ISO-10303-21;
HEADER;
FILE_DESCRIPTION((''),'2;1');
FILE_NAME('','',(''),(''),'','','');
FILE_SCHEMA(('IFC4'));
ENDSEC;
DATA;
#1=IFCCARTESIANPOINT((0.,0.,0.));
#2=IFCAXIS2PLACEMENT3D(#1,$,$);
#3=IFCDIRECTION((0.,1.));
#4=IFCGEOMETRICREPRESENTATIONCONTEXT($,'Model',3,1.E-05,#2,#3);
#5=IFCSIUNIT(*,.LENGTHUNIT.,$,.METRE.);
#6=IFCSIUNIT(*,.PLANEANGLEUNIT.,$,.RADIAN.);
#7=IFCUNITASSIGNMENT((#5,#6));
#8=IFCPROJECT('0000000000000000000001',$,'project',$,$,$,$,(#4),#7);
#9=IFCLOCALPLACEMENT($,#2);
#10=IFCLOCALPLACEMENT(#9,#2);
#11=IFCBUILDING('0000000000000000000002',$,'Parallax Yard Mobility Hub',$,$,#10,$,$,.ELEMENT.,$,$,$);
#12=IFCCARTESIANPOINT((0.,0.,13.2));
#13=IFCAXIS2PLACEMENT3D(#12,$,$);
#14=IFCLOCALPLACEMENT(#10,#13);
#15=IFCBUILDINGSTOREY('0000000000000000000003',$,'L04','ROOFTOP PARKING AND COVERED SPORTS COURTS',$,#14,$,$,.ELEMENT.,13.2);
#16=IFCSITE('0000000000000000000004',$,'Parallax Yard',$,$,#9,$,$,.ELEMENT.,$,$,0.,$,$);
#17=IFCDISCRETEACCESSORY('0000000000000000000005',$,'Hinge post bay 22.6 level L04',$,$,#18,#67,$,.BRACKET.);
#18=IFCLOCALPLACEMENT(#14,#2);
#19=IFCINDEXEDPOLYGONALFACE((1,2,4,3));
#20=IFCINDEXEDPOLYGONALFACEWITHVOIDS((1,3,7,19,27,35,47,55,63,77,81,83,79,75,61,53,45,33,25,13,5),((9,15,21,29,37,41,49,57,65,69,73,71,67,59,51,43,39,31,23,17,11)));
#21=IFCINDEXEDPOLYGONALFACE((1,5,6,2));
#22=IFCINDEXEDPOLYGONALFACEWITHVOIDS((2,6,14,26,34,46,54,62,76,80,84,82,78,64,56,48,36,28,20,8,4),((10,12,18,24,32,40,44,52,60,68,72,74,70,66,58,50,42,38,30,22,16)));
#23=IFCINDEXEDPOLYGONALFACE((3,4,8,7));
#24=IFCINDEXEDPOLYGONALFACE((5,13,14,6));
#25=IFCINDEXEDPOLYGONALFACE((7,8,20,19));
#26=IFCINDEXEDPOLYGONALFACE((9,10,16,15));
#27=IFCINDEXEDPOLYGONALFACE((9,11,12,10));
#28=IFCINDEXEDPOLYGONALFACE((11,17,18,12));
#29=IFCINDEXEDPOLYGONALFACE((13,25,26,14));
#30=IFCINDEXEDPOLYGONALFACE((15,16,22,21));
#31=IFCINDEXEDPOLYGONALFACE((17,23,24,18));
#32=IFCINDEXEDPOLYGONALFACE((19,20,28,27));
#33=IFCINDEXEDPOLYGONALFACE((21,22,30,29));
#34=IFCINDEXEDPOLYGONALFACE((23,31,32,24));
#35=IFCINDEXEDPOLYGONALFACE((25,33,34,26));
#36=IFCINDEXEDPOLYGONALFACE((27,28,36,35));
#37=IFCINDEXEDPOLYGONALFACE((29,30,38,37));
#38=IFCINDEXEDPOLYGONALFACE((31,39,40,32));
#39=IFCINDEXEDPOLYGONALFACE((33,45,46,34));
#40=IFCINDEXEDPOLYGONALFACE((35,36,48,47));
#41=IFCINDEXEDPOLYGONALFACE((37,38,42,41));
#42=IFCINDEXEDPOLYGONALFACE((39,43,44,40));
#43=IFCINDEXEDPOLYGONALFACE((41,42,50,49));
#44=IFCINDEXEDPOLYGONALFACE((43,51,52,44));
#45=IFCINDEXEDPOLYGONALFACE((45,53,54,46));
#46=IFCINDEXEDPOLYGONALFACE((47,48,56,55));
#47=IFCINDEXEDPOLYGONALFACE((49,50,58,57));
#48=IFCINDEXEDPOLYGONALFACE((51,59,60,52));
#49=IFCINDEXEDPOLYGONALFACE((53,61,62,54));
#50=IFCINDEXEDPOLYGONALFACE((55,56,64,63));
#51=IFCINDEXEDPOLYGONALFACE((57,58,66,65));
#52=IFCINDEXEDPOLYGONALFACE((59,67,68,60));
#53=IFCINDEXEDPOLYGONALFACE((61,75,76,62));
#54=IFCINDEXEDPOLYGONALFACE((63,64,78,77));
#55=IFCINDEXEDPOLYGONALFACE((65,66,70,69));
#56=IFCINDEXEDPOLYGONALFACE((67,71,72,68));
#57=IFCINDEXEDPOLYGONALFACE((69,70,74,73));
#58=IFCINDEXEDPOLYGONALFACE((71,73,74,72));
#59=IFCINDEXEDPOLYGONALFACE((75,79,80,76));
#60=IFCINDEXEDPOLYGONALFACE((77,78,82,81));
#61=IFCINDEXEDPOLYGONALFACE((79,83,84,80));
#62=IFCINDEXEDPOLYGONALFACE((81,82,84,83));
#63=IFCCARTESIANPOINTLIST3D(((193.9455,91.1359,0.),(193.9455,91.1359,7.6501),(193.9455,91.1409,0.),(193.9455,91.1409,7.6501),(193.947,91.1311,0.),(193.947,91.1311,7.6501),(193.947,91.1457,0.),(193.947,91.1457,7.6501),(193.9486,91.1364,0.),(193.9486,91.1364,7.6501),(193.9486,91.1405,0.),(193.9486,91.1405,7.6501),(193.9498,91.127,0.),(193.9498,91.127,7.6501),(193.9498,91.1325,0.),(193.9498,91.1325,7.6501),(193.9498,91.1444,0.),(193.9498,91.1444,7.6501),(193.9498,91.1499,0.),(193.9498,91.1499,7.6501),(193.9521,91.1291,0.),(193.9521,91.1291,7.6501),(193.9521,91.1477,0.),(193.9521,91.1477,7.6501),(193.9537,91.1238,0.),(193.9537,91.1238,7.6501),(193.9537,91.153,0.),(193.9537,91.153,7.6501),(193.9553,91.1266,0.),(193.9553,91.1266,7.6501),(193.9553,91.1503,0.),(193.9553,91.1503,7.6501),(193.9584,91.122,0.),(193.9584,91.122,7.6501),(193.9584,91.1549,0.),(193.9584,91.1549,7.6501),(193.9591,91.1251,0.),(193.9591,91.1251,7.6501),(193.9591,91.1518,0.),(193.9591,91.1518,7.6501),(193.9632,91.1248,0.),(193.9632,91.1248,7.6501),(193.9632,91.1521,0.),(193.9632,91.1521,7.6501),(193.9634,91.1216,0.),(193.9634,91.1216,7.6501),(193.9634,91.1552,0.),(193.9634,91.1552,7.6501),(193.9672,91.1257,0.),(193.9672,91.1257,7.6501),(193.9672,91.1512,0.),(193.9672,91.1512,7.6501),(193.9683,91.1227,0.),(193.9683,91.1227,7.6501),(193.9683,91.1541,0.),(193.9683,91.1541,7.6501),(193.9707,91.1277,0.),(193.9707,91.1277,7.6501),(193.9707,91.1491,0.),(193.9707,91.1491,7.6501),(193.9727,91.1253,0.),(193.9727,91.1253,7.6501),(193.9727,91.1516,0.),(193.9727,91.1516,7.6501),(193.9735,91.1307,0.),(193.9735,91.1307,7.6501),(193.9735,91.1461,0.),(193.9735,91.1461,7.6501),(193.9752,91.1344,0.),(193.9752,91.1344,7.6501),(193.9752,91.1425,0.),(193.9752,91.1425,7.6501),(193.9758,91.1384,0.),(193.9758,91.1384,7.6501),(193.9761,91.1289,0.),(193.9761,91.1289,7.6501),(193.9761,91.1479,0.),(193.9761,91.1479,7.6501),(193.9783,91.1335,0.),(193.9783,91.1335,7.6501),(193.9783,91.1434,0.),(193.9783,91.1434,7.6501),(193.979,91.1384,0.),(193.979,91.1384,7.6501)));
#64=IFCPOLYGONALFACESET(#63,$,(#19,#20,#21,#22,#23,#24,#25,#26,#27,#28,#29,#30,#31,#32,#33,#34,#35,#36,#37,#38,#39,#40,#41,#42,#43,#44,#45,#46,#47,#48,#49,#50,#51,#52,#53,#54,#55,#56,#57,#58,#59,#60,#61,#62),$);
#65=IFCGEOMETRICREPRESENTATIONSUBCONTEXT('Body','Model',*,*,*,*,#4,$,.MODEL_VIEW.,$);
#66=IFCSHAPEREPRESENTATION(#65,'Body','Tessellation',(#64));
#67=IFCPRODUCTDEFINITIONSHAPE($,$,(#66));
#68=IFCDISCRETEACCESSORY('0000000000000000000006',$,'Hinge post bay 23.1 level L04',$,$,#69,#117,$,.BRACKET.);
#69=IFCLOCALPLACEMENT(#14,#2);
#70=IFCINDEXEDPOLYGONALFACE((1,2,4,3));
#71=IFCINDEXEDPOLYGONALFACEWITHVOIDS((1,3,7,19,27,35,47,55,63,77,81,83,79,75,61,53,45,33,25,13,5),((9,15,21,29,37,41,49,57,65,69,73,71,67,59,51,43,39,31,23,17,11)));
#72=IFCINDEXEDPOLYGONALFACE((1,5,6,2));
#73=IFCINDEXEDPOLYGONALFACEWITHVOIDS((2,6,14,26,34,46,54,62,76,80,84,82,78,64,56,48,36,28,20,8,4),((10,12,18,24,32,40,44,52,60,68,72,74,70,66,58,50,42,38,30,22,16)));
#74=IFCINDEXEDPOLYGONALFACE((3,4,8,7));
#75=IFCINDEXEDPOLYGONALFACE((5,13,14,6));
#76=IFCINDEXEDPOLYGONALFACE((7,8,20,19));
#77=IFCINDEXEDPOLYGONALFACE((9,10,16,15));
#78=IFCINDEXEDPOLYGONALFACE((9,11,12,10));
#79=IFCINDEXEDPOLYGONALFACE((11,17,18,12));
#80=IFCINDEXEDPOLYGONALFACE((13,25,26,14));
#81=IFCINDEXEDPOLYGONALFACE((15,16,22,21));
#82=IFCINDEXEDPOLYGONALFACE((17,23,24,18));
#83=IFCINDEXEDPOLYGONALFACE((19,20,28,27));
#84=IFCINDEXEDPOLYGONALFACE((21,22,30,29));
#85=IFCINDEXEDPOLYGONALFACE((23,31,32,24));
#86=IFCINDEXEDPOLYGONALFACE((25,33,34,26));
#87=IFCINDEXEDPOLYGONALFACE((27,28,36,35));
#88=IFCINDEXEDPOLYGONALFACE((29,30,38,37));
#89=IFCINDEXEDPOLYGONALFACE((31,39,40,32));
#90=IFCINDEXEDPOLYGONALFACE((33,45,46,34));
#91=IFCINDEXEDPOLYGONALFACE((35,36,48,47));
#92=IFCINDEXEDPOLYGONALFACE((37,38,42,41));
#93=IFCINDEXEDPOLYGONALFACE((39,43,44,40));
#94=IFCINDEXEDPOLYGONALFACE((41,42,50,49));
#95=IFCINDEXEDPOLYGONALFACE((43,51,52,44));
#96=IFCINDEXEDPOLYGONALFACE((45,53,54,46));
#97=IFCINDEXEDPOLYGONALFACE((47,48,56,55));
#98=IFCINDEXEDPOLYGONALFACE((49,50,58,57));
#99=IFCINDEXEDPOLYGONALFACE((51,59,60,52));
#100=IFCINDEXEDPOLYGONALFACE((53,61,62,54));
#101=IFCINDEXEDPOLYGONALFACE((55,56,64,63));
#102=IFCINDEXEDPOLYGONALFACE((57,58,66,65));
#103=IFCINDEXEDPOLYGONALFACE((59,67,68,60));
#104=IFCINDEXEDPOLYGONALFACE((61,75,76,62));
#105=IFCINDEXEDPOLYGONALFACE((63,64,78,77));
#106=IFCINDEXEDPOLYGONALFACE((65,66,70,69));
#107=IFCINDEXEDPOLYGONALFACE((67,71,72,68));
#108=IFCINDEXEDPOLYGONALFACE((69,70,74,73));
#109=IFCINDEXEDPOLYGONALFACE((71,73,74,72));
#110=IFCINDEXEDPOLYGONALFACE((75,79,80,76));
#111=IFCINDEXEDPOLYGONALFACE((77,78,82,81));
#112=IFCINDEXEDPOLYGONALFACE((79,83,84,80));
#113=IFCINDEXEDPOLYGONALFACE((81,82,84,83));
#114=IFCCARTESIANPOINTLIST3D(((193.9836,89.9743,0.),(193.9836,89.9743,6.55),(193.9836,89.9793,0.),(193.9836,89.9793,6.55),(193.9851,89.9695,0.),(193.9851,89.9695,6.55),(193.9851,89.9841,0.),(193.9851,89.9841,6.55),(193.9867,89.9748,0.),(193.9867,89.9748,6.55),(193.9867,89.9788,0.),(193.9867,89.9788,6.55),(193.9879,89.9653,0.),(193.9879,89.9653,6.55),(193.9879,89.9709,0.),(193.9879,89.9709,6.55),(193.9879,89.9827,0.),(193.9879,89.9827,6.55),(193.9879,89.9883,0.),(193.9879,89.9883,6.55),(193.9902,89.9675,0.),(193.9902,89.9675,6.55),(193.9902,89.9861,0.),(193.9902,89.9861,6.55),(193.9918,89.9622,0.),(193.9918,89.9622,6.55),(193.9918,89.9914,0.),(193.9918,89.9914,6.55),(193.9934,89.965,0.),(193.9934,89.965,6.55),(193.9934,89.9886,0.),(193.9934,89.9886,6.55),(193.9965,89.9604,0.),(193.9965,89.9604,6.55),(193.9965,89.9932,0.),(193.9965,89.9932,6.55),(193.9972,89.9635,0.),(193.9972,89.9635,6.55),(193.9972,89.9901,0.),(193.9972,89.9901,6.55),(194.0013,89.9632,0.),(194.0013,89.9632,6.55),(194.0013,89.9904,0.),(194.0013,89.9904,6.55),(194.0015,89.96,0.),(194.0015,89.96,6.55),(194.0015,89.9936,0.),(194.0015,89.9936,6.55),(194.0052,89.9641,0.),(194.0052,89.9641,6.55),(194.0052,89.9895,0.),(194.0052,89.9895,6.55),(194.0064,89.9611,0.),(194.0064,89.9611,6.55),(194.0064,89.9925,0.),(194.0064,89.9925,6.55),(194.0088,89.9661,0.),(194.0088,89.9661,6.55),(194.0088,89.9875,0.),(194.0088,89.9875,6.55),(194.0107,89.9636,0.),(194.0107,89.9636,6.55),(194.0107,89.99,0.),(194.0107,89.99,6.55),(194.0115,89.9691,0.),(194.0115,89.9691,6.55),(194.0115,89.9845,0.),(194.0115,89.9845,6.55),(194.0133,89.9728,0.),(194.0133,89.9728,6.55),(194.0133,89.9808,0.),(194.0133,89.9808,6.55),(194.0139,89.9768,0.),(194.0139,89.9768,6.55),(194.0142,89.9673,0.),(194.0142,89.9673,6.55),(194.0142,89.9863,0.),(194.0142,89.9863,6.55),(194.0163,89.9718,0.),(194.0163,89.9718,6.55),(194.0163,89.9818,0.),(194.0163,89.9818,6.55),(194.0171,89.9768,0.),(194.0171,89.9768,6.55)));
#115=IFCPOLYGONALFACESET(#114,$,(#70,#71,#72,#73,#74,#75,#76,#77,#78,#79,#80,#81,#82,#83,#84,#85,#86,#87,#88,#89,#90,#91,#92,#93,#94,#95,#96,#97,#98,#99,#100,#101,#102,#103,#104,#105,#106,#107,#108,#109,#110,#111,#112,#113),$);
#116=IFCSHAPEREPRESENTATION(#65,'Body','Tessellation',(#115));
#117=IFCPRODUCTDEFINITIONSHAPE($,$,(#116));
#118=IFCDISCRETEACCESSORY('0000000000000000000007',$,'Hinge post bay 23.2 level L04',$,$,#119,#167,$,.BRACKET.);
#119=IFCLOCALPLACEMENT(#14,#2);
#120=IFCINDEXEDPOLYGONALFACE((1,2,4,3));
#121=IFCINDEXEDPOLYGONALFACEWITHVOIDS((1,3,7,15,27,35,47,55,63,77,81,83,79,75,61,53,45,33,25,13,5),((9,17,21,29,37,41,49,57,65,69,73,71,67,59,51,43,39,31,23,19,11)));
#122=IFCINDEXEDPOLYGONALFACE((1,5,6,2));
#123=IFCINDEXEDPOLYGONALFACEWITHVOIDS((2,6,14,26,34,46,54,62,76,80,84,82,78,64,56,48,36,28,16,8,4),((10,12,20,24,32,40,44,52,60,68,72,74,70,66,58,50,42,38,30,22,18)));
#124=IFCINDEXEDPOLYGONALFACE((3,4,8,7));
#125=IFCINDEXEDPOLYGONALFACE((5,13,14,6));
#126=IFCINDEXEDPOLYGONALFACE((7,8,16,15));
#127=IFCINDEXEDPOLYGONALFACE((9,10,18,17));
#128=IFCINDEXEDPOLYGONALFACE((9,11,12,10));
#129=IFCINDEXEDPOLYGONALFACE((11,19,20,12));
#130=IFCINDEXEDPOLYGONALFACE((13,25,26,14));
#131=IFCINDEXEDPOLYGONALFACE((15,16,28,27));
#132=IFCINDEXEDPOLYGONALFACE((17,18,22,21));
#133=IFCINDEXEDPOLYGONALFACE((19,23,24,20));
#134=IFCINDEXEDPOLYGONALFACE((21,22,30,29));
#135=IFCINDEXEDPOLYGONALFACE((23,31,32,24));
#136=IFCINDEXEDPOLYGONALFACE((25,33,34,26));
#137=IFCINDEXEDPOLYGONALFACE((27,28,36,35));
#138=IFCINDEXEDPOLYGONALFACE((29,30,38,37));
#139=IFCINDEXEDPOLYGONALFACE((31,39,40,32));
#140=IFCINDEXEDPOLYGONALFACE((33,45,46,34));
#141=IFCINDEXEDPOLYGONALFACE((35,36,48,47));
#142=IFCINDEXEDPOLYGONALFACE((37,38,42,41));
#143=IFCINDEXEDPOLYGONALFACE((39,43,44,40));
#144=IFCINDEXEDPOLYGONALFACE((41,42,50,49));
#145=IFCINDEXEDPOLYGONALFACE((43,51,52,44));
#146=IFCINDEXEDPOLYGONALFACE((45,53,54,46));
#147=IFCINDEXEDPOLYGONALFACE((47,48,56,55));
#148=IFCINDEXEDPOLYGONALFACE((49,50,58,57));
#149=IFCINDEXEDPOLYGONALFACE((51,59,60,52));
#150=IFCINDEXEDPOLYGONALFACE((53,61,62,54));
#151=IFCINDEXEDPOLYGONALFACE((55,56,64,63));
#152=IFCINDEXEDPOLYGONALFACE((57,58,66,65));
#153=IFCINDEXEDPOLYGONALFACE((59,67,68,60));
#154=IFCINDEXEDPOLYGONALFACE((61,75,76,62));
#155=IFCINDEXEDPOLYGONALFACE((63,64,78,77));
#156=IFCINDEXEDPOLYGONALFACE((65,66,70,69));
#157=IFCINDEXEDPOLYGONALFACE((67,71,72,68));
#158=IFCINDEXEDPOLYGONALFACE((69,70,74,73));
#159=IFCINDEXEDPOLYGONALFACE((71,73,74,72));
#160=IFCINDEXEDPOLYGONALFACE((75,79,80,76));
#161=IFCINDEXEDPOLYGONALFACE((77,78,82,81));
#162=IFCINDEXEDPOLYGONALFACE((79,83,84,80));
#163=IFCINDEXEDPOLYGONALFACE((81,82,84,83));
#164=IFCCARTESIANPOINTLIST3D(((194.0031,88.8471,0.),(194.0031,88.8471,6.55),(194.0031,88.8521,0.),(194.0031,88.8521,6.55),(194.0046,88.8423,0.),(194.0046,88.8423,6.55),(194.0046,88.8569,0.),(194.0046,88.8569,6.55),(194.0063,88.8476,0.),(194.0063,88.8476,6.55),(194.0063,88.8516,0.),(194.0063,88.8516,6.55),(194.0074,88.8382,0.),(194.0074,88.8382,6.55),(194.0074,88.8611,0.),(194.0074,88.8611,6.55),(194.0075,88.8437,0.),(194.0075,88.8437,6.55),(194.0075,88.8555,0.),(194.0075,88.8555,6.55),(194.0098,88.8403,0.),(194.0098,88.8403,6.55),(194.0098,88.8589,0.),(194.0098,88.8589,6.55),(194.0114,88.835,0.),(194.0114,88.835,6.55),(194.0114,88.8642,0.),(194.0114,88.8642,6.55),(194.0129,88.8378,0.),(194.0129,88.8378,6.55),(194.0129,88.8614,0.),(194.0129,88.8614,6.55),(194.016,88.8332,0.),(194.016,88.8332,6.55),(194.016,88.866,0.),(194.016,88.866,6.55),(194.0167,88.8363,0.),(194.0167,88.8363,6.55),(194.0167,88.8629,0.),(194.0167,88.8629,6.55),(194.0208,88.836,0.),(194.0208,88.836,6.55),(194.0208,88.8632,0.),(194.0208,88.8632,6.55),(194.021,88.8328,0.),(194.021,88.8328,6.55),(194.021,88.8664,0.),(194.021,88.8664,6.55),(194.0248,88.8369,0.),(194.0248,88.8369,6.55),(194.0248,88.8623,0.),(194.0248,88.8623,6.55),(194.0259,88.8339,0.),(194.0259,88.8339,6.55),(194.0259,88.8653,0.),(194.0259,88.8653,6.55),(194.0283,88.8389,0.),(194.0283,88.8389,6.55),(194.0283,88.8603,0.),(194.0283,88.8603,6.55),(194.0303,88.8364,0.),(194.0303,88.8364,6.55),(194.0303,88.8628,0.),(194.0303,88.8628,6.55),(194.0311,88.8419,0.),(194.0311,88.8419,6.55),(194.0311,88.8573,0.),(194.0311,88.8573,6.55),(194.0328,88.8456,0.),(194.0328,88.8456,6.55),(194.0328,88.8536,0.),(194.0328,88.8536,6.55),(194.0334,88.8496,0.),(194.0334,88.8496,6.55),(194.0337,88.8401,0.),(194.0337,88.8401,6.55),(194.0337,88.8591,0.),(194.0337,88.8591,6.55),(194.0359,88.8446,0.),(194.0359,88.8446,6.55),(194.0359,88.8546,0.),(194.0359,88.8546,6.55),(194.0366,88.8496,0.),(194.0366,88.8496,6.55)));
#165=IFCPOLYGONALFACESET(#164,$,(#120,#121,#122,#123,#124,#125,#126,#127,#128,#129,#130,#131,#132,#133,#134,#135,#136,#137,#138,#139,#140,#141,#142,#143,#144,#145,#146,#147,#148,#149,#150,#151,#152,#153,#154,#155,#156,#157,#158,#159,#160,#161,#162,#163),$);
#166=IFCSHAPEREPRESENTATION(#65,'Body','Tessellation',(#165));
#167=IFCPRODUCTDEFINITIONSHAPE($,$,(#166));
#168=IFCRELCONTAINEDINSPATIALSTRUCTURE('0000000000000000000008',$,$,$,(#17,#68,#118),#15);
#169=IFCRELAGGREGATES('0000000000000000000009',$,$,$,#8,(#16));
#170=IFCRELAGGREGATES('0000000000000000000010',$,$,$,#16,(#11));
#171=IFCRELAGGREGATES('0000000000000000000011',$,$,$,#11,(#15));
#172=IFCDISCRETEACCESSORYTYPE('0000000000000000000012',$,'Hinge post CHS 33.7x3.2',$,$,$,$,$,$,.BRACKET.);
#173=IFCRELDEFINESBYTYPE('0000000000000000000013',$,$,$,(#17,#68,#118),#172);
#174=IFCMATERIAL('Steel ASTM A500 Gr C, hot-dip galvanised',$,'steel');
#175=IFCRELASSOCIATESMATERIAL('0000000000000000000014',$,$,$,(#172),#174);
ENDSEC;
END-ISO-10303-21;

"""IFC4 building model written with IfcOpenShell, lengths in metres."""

from ifc_helpers import new_model, si_unit, direction, frame, origin, origin_2d, place, context, subcontext, project, spatial, hollow_circle, extrude, material, material_profile, profile_set, type_object, element, save


model = new_model("IFC4")

# Units and contexts
model_context = context("Model", 3, precision=1e-05, world=origin(), true_north=direction((0.0, 1.0)))
body_context = subcontext(model_context, "Body", "Model", "MODEL_VIEW")
ifc_project = project(units=[si_unit("LENGTHUNIT", "METRE"), si_unit("PLANEANGLEUNIT", "RADIAN")], contexts=[model_context])

# Site, building, storey
site_placement = place(None, origin())
site = spatial("IfcSite", under=ifc_project, at=site_placement, Name="Parallax Yard", CompositionType="ELEMENT", RefElevation=0.0)
building_placement = place(site_placement, origin())
building = spatial("IfcBuilding", under=site, at=building_placement, Name="Parallax Yard Mobility Hub", CompositionType="ELEMENT")
storey_placement = place(building_placement, frame((0.0, 0.0, 13.2)))
storey = spatial("IfcBuildingStorey", under=building, at=storey_placement, Name="L04", Description="ROOFTOP PARKING AND COVERED SPORTS COURTS", CompositionType="ELEMENT", Elevation=13.2)

# Discrete accessories
ifc_material_1 = material(Name="Steel ASTM A500 Gr C, hot-dip galvanised", Category="steel")
ifc_material_profile = material_profile(ifc_material_1, hollow_circle(Radius=0.0168, WallThickness=0.0032, at=origin_2d()), Name="CHS 33.7x3.2")
ifc_profile_set = profile_set([ifc_material_profile], Name="Steel ASTM A500 Gr C, hot-dip galvanised")
discrete_accessory_type_1 = type_object("IfcDiscreteAccessoryType", Name="Hinge post CHS 33.7x3.2", PredefinedType="BRACKET", material=ifc_profile_set)
for number, where, z_axis, x_axis, name in (
    (1, (193.9622, 91.1384, 0.0), (0.0, 0.0, 1.0), (1.0, 0.0, 0.0), "Hinge post bay 22.6 level L04"),
):
    element("IfcDiscreteAccessory", number, at=place(storey_placement, frame(where, z_axis=z_axis, x_axis=x_axis)), inside=storey, type_object=discrete_accessory_type_1, Name=name, PredefinedType="BRACKET", context=body_context, shape_type="SweptSolid", body=[
        extrude(hollow_circle(Radius=0.0168, WallThickness=0.0032, at=origin_2d()), origin(), (0.0, 0.0, 1.0), 7.6501),
    ])
for number, where, z_axis, x_axis, name in (
    (2, (194.0002, 89.9768, 0.0), (0.0, 0.0, 1.0), (1.0, 0.0, 0.0), "Hinge post bay 23.1 level L04"),
    (3, (194.0198, 88.8496, 0.0), (0.0, 0.0, 1.0), (1.0, 0.0, 0.0), "Hinge post bay 23.2 level L04"),
):
    element("IfcDiscreteAccessory", number, at=place(storey_placement, frame(where, z_axis=z_axis, x_axis=x_axis)), inside=storey, type_object=discrete_accessory_type_1, Name=name, PredefinedType="BRACKET", context=body_context, shape_type="SweptSolid", body=[
        extrude(hollow_circle(Radius=0.0168, WallThickness=0.0032, at=origin_2d()), origin(), (0.0, 0.0, 1.0), 6.55),
    ])

save(model, "model.ifc")
